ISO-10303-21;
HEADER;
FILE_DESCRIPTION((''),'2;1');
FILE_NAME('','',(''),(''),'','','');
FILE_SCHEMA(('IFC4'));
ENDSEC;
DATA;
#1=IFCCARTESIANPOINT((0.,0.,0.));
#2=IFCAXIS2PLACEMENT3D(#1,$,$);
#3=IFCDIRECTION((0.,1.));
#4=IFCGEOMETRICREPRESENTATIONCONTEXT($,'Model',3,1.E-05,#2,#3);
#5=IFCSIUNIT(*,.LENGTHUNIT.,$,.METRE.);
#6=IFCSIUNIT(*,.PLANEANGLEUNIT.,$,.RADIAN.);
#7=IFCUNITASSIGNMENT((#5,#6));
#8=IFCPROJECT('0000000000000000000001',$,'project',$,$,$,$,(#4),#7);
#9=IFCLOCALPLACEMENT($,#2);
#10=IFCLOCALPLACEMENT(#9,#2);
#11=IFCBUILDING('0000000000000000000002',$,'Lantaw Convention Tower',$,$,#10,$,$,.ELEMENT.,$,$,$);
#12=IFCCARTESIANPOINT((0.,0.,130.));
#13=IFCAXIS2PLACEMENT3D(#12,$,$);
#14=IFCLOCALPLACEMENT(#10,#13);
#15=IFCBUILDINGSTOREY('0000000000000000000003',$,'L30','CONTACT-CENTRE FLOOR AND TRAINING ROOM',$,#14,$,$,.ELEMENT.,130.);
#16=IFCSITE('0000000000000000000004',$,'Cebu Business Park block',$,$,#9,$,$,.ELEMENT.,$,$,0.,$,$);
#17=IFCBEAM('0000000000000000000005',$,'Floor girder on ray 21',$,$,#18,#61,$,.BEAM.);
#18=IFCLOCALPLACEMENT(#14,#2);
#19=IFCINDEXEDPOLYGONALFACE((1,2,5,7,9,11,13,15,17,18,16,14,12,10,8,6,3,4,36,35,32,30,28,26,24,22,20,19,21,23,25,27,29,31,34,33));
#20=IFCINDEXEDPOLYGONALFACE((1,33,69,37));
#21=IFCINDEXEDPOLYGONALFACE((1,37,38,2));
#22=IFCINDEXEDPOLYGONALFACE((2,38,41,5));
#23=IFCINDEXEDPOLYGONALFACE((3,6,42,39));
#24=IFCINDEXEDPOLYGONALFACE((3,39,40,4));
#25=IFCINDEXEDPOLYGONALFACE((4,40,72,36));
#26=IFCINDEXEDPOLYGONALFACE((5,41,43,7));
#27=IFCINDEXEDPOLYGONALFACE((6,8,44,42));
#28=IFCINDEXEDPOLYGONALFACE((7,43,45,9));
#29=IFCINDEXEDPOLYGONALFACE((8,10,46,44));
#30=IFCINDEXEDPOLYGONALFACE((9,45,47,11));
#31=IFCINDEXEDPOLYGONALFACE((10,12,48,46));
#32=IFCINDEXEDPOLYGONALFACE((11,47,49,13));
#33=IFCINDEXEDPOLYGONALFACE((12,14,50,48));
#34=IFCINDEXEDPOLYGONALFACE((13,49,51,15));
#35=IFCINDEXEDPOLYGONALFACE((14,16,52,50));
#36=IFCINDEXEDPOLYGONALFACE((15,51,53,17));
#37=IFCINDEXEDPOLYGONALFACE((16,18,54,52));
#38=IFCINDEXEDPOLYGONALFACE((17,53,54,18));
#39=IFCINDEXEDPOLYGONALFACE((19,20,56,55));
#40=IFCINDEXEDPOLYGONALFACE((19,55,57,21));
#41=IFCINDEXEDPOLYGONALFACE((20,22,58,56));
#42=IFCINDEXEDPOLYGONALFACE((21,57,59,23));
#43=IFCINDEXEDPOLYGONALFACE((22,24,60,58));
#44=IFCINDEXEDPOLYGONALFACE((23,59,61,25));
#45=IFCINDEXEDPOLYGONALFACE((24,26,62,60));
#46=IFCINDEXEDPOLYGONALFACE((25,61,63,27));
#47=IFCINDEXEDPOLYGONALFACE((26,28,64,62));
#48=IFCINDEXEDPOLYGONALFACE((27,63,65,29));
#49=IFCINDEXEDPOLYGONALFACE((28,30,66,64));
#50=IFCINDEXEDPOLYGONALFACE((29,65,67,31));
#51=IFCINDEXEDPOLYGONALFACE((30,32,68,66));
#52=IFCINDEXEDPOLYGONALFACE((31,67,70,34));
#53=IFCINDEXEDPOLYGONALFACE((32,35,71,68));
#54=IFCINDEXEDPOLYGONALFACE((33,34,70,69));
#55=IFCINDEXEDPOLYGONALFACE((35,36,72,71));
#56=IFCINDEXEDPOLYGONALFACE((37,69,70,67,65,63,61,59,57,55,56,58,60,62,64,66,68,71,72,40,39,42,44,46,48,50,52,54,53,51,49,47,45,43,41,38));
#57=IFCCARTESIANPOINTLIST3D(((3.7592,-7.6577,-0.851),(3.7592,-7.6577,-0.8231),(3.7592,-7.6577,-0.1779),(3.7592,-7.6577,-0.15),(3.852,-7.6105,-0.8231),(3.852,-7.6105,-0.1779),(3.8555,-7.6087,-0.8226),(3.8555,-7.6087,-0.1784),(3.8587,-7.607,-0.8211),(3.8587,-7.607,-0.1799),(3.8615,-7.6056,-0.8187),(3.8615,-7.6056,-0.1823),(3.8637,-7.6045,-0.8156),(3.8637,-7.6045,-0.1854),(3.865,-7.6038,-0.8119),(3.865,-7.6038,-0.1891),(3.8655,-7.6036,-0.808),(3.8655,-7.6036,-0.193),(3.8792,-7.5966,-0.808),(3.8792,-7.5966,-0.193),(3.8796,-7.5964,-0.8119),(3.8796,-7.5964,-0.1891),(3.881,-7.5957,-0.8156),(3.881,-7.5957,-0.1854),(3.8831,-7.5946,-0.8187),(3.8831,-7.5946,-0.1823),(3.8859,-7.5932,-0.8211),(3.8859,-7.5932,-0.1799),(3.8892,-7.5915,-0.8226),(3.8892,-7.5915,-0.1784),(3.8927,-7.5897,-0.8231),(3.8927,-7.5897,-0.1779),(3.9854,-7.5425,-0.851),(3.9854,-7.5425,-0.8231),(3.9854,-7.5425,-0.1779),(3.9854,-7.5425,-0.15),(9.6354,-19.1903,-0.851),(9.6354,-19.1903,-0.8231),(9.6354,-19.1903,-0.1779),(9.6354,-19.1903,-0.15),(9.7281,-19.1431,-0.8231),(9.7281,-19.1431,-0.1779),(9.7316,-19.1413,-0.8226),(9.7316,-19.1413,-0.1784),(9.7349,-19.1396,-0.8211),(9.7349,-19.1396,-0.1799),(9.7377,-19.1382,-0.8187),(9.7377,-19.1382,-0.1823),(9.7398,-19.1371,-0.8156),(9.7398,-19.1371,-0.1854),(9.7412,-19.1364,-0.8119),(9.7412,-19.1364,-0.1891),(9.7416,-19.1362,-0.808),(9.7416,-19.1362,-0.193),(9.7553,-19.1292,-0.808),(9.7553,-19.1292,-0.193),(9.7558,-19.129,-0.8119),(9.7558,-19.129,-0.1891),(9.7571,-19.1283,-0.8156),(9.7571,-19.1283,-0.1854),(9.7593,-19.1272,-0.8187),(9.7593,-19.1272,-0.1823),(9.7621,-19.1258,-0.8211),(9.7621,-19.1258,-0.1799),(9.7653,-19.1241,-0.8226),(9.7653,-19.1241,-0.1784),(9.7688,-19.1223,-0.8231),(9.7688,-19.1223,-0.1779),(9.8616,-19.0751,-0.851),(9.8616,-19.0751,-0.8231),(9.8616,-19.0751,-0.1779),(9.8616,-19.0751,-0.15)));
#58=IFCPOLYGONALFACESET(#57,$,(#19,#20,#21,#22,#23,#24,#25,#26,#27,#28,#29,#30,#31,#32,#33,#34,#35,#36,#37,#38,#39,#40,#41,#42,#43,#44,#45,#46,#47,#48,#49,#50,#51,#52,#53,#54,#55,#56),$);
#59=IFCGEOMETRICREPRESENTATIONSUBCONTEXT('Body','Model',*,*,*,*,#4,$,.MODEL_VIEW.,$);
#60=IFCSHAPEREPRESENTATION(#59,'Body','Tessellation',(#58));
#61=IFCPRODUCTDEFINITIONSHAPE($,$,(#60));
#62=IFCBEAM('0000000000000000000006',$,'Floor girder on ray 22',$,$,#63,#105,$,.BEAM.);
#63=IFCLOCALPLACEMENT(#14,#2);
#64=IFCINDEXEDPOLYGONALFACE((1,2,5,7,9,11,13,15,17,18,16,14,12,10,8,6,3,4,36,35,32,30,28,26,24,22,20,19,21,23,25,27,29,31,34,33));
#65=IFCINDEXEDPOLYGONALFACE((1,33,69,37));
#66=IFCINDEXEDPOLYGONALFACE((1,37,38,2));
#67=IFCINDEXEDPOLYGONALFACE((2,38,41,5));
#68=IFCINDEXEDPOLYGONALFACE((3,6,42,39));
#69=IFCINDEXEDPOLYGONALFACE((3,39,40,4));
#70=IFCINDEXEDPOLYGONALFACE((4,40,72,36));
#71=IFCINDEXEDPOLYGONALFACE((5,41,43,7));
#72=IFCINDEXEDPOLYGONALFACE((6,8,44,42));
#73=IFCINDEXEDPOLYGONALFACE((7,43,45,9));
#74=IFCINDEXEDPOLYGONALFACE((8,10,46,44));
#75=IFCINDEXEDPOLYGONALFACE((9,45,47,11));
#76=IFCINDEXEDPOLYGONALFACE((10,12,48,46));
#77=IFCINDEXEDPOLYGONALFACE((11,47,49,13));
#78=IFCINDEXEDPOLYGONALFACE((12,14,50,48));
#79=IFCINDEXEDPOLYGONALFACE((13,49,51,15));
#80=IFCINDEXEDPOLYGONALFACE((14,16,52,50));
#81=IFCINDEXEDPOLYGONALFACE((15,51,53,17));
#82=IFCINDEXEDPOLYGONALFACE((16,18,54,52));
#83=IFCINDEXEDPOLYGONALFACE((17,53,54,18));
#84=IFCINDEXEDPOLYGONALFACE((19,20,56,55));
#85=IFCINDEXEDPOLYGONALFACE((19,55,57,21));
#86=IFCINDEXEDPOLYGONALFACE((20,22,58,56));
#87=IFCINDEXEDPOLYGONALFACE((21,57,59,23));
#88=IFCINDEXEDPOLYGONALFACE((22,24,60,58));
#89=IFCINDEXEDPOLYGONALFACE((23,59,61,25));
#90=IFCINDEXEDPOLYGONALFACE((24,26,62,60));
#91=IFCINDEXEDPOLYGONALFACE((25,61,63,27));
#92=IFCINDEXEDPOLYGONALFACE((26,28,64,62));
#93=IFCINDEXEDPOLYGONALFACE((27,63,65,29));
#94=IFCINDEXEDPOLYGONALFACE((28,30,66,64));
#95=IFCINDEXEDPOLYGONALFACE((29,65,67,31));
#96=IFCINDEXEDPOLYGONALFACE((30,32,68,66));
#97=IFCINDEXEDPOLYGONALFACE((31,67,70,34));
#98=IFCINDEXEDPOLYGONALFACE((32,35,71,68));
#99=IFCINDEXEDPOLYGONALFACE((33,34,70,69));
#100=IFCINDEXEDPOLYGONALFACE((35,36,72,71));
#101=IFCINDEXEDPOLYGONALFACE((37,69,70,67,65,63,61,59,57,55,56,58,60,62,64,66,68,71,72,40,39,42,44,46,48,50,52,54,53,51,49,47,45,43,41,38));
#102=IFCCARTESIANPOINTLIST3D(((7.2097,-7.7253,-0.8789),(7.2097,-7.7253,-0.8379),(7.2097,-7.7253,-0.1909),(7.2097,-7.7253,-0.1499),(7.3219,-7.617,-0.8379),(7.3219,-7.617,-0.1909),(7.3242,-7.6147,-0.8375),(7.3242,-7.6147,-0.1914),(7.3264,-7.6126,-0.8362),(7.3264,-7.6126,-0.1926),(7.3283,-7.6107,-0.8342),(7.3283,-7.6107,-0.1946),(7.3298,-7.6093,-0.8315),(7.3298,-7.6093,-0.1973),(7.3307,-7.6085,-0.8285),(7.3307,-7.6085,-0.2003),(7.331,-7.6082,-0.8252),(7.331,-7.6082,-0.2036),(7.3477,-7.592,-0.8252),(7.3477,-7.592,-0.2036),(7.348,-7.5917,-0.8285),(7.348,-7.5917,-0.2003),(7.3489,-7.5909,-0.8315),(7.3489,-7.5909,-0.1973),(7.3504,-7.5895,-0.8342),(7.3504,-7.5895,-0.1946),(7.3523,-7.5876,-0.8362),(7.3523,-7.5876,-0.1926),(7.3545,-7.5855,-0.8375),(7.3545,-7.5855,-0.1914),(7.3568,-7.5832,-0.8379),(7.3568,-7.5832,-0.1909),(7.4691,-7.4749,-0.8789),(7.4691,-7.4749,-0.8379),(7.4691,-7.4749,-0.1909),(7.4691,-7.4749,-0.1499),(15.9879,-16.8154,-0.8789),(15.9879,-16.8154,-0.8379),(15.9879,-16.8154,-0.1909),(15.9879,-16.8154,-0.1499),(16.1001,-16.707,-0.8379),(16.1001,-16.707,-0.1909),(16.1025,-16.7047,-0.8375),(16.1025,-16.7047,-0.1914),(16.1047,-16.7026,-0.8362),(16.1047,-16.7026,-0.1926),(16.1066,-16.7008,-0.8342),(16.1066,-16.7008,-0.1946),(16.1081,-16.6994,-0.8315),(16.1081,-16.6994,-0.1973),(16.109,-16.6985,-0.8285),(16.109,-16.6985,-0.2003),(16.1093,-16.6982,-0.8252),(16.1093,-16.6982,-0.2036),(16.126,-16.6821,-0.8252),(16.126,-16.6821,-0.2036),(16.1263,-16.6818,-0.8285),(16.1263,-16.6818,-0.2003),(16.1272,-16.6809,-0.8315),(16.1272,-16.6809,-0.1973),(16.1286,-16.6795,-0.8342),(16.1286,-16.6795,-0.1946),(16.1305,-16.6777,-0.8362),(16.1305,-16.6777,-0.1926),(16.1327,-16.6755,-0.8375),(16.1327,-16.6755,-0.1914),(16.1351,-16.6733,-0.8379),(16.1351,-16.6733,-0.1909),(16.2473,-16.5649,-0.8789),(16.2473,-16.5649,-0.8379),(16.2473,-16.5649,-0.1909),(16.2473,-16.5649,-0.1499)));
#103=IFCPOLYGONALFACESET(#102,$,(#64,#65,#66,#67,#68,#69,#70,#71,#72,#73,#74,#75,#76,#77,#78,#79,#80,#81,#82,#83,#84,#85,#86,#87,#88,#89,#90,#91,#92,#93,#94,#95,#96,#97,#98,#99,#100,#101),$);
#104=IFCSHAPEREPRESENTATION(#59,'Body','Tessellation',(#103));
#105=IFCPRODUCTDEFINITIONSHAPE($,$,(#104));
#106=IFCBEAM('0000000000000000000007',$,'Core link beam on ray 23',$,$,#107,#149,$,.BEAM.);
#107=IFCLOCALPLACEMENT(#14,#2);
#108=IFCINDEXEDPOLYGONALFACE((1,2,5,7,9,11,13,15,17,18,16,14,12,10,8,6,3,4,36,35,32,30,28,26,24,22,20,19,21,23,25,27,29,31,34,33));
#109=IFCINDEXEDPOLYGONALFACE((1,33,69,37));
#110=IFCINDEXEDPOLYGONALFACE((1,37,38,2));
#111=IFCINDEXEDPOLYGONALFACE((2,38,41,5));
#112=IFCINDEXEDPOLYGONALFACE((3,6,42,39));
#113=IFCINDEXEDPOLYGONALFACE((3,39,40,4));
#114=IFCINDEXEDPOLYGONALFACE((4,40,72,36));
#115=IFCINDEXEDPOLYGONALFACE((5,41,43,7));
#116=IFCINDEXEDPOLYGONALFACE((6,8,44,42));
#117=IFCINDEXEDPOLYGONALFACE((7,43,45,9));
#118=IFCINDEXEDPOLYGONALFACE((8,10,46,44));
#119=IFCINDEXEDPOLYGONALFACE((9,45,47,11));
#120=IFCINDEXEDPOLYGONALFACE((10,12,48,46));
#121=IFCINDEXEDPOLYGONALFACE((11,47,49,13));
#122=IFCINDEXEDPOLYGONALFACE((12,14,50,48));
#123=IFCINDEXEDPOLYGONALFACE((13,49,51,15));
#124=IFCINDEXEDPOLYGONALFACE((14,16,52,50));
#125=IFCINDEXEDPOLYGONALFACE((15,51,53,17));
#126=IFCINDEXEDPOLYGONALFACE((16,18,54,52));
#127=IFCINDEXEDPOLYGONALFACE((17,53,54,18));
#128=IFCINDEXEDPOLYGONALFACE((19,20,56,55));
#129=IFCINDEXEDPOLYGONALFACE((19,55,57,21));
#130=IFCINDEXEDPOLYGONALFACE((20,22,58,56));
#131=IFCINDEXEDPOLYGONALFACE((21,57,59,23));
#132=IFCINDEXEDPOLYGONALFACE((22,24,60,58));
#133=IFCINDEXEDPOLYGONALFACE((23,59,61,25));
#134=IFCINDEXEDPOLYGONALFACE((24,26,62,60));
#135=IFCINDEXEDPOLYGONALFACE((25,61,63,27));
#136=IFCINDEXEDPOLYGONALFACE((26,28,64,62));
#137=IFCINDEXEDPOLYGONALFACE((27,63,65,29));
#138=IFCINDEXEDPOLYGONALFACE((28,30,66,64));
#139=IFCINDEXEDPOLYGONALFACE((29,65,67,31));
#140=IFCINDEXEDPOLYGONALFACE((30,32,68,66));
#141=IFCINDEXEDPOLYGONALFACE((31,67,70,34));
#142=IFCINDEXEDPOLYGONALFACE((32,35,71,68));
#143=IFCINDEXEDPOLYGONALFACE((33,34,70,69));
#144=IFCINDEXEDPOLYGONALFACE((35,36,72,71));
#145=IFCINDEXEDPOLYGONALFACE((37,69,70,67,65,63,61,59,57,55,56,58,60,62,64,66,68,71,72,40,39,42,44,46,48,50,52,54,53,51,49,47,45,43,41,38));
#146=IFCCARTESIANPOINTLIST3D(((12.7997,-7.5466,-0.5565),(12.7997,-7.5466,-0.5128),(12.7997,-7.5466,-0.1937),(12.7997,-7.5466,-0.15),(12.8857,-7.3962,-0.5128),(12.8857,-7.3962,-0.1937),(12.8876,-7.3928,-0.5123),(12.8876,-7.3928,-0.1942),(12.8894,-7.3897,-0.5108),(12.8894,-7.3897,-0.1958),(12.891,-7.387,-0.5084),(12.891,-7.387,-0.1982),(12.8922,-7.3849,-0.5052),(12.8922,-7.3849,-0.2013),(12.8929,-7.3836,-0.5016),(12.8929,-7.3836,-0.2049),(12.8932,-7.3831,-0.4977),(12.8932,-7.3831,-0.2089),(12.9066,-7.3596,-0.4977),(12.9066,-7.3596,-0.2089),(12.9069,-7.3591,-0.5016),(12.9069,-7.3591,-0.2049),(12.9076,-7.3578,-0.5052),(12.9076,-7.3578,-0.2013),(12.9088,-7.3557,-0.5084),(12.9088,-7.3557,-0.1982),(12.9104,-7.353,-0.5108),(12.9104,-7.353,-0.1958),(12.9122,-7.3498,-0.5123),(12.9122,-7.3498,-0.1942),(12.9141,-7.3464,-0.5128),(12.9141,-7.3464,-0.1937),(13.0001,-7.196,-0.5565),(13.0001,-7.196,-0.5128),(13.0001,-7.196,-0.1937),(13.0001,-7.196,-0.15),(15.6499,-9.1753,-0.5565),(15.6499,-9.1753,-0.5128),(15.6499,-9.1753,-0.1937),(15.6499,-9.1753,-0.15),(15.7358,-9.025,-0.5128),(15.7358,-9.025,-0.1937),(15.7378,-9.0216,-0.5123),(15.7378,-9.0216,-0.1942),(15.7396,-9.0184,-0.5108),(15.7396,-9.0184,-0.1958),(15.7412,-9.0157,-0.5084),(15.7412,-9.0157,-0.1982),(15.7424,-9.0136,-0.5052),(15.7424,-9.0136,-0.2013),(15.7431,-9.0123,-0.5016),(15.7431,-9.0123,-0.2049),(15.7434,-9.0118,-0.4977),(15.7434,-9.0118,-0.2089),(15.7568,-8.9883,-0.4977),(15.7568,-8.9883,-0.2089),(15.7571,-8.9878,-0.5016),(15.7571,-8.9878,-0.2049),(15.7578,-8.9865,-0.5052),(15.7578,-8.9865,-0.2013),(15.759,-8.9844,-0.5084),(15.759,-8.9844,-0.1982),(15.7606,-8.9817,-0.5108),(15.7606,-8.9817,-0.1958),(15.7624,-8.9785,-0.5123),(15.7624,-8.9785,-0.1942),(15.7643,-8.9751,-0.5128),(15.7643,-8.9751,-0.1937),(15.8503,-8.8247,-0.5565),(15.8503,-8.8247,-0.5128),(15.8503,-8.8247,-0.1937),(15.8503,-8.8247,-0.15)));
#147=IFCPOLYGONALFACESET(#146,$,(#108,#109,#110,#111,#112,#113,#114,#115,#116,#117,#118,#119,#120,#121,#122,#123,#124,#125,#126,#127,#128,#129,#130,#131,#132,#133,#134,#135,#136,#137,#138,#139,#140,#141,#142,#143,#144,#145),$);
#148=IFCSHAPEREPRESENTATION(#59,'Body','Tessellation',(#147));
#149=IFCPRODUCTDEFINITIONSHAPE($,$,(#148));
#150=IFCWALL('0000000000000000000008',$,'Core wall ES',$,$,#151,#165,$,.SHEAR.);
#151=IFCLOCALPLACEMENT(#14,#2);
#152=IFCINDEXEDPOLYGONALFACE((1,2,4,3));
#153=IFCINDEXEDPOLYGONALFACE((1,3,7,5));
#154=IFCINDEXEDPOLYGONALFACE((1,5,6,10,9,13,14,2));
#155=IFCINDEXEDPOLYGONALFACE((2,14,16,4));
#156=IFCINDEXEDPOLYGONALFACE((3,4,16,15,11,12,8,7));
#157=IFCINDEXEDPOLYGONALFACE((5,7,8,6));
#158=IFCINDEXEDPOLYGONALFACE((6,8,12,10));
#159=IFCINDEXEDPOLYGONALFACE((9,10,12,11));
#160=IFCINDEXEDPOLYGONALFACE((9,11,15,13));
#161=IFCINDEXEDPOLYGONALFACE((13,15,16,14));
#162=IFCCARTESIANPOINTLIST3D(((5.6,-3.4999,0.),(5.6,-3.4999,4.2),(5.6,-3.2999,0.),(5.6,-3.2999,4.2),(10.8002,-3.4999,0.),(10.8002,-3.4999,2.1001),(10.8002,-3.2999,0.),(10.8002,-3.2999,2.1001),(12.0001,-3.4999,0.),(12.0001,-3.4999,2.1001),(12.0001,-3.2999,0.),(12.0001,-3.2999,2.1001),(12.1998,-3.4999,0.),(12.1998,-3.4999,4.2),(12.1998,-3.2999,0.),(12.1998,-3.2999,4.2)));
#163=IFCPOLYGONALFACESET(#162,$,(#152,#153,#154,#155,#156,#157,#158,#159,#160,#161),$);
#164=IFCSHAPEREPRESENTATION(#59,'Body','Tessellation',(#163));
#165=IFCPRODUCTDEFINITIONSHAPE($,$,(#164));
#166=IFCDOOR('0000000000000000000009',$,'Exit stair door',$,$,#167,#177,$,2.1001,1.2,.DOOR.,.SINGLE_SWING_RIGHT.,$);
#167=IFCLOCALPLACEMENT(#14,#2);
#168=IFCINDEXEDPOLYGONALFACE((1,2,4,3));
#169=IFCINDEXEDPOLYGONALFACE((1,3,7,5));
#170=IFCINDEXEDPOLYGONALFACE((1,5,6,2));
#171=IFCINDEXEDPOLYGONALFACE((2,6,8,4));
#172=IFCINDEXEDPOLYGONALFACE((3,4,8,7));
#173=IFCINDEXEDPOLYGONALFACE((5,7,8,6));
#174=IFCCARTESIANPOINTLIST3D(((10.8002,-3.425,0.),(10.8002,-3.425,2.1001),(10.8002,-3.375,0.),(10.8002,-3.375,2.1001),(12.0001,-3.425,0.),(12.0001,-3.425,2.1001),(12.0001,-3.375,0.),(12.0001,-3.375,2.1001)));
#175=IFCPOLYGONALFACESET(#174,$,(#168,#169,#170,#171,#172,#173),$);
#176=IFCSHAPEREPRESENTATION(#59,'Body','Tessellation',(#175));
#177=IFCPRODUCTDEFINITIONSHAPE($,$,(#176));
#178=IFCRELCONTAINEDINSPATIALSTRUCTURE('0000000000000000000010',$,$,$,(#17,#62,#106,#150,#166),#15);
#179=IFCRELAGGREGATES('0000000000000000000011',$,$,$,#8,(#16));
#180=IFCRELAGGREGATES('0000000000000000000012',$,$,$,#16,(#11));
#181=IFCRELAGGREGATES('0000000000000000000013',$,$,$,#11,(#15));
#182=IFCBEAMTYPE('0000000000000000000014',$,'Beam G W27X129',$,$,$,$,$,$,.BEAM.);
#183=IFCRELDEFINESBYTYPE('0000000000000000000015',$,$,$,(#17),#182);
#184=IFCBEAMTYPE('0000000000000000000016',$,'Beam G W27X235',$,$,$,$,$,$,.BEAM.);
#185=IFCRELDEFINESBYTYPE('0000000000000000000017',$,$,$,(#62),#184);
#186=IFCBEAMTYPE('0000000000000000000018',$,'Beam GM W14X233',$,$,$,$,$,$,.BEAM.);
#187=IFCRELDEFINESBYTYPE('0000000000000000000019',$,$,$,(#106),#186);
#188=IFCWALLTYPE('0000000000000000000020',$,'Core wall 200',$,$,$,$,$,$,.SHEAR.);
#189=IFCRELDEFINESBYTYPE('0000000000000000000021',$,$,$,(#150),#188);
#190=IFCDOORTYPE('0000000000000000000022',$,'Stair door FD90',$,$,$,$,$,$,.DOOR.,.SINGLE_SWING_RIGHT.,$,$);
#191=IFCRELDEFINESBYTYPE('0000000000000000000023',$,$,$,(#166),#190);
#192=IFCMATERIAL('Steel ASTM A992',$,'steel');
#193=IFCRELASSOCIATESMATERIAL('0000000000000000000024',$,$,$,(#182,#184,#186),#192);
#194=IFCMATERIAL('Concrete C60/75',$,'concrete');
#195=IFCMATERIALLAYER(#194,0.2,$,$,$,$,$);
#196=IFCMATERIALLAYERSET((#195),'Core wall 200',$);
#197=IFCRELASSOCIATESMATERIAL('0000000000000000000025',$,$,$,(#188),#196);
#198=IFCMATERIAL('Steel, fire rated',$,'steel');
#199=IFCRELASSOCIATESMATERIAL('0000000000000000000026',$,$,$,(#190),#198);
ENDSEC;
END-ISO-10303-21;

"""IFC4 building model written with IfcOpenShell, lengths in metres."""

from ifc_helpers import new_model, si_unit, direction, frame, frame_2d, origin, origin_2d, place, context, subcontext, project, spatial, rectangle, i_section, extrude, material, layer, layer_set, material_profile, profile_set, type_object, element, fill, save


model = new_model("IFC4")

# Units and contexts
model_context = context("Model", 3, precision=1e-05, world=origin(), true_north=direction((0.0, 1.0)))
body_context = subcontext(model_context, "Body", "Model", "MODEL_VIEW")
ifc_project = project(units=[si_unit("LENGTHUNIT", "METRE"), si_unit("PLANEANGLEUNIT", "RADIAN")], contexts=[model_context])

# Site, building, storey
site_placement = place(None, origin())
site = spatial("IfcSite", under=ifc_project, at=site_placement, Name="Cebu Business Park block", CompositionType="ELEMENT", RefElevation=0.0)
building_placement = place(site_placement, origin())
building = spatial("IfcBuilding", under=site, at=building_placement, Name="Lantaw Convention Tower", CompositionType="ELEMENT")
storey_placement = place(building_placement, frame((0.0, 0.0, 130.0)))
storey = spatial("IfcBuildingStorey", under=building, at=storey_placement, Name="L30", Description="CONTACT-CENTRE FLOOR AND TRAINING ROOM", CompositionType="ELEMENT", Elevation=130.0)

# Beams
ifc_material_1 = material(Name="Steel ASTM A992", Category="steel")
ifc_material_profile_1 = material_profile(ifc_material_1, i_section(OverallWidth=0.2539, OverallDepth=0.7009, WebThickness=0.0154, FlangeThickness=0.0278, FilletRadius=0.0151, at=origin_2d()), Name="W27X129")
ifc_profile_set_1 = profile_set([ifc_material_profile_1], Name="Steel ASTM A992")
beam_type_1 = type_object("IfcBeamType", Name="Beam G W27X129", PredefinedType="BEAM", material=ifc_profile_set_1)
beam_1_placement = place(storey_placement, frame((3.8723, -7.6001, -0.5005), z_axis=(0.453991, -0.891006, 0.0), x_axis=(0.891006, 0.453991, 0.0)))
element("IfcBeam", 1, at=beam_1_placement, inside=storey, type_object=beam_type_1, Name="Floor girder on ray 21", PredefinedType="BEAM", context=body_context, shape_type="SweptSolid", body=[
    extrude(i_section(OverallWidth=0.2539, OverallDepth=0.7009, WebThickness=0.0154, FlangeThickness=0.0278, FilletRadius=0.0151, at=origin_2d()), origin(), (0.0, 0.0, 1.0), 12.9434),
])
ifc_material_profile_2 = material_profile(ifc_material_1, i_section(OverallWidth=0.3606, OverallDepth=0.729, WebThickness=0.0232, FlangeThickness=0.041, FilletRadius=0.0127, at=origin_2d()), Name="W27X235")
ifc_profile_set_2 = profile_set([ifc_material_profile_2], Name="Steel ASTM A992")
beam_type_2 = type_object("IfcBeamType", Name="Beam G W27X235", PredefinedType="BEAM", material=ifc_profile_set_2)
beam_2_placement = place(storey_placement, frame((7.3394, -7.6001, -0.5144), z_axis=(0.694663, -0.719335, 0.0), x_axis=(0.719335, 0.694663, 0.0)))
element("IfcBeam", 2, at=beam_2_placement, inside=storey, type_object=beam_type_2, Name="Floor girder on ray 22", PredefinedType="BEAM", context=body_context, shape_type="SweptSolid", body=[
    extrude(i_section(OverallWidth=0.3606, OverallDepth=0.729, WebThickness=0.0232, FlangeThickness=0.041, FilletRadius=0.0127, at=origin_2d()), origin(), (0.0, 0.0, 1.0), 12.6367),
])
ifc_material_profile_3 = material_profile(ifc_material_1, i_section(OverallWidth=0.4038, OverallDepth=0.4065, WebThickness=0.0271, FlangeThickness=0.0437, FilletRadius=0.0151, at=origin_2d()), Name="W14X233")
ifc_profile_set_3 = profile_set([ifc_material_profile_3], Name="Steel ASTM A992")
beam_type_3 = type_object("IfcBeamType", Name="Beam GM W14X233", PredefinedType="BEAM", material=ifc_profile_set_3)
beam_3_placement = place(storey_placement, frame((12.8999, -7.3713, -0.3533), z_axis=(0.868239, -0.496147, 0.0), x_axis=(0.496147, 0.868239, 0.0)))
element("IfcBeam", 3, at=beam_3_placement, inside=storey, type_object=beam_type_3, Name="Core link beam on ray 23", PredefinedType="BEAM", context=body_context, shape_type="SweptSolid", body=[
    extrude(i_section(OverallWidth=0.4038, OverallDepth=0.4065, WebThickness=0.0271, FlangeThickness=0.0437, FilletRadius=0.0151, at=origin_2d()), origin(), (0.0, 0.0, 1.0), 3.2827),
])

# Wall, opening, door
ifc_material_2 = material(Name="Concrete C60/75", Category="concrete")
ifc_layer_1 = layer(ifc_material_2, 0.2)
ifc_layer_set_1 = layer_set([ifc_layer_1], Name="Core wall 200")
wall_type_1 = type_object("IfcWallType", Name="Core wall 200", PredefinedType="SHEAR", material=ifc_layer_set_1)
wall_1_placement = place(storey_placement, frame((5.6001, -3.3999, 0.0), z_axis=(0.0, 0.0, 1.0), x_axis=(1.0, 0.0, 0.0)))
wall_1 = element("IfcWall", 4, at=wall_1_placement, inside=storey, type_object=wall_type_1, Name="Core wall ES", PredefinedType="SHEAR", context=body_context, shape_type="SweptSolid", body=[
    extrude(rectangle(XDim=6.5999, YDim=0.2, at=frame_2d((3.2998, 0.0))), origin(), (0.0, 0.0, 1.0), 4.2),
])
opening_1_placement = place(wall_1_placement, frame((5.2, 0.0, 0.0)))
opening_1 = element("IfcOpeningElement", 5, at=opening_1_placement, cuts=wall_1, PredefinedType="OPENING", context=body_context, shape_type="SweptSolid", body=[
    extrude(rectangle(XDim=1.2, YDim=2.1001, at=frame_2d((0.6001, 1.05))), frame((0.0, 0.1099, 0.0), z_axis=(0.0, -1.0, 0.0), x_axis=(1.0, 0.0, 0.0)), (0.0, 0.0, 1.0), 0.22),
])
ifc_material_3 = material(Name="Steel, fire rated", Category="steel")
door_type_1 = type_object("IfcDoorType", Name="Stair door FD90", OperationType="SINGLE_SWING_RIGHT", PredefinedType="DOOR", material=ifc_material_3)
door_1_placement = place(opening_1_placement, origin())
door_1 = element("IfcDoor", 6, at=door_1_placement, inside=storey, type_object=door_type_1, Name="Exit stair door", OperationType="SINGLE_SWING_RIGHT", OverallHeight=2.1001, OverallWidth=1.2, PredefinedType="DOOR", context=body_context, shape_type="SweptSolid", body=[
    extrude(rectangle(XDim=1.2, YDim=2.1001, at=frame_2d((0.6001, 1.05))), frame((0.0, 0.0249, 0.0), z_axis=(0.0, -1.0, 0.0), x_axis=(1.0, 0.0, 0.0)), (0.0, 0.0, 1.0), 0.05),
])
fill(opening_1, door_1)

save(model, "model.ifc")
